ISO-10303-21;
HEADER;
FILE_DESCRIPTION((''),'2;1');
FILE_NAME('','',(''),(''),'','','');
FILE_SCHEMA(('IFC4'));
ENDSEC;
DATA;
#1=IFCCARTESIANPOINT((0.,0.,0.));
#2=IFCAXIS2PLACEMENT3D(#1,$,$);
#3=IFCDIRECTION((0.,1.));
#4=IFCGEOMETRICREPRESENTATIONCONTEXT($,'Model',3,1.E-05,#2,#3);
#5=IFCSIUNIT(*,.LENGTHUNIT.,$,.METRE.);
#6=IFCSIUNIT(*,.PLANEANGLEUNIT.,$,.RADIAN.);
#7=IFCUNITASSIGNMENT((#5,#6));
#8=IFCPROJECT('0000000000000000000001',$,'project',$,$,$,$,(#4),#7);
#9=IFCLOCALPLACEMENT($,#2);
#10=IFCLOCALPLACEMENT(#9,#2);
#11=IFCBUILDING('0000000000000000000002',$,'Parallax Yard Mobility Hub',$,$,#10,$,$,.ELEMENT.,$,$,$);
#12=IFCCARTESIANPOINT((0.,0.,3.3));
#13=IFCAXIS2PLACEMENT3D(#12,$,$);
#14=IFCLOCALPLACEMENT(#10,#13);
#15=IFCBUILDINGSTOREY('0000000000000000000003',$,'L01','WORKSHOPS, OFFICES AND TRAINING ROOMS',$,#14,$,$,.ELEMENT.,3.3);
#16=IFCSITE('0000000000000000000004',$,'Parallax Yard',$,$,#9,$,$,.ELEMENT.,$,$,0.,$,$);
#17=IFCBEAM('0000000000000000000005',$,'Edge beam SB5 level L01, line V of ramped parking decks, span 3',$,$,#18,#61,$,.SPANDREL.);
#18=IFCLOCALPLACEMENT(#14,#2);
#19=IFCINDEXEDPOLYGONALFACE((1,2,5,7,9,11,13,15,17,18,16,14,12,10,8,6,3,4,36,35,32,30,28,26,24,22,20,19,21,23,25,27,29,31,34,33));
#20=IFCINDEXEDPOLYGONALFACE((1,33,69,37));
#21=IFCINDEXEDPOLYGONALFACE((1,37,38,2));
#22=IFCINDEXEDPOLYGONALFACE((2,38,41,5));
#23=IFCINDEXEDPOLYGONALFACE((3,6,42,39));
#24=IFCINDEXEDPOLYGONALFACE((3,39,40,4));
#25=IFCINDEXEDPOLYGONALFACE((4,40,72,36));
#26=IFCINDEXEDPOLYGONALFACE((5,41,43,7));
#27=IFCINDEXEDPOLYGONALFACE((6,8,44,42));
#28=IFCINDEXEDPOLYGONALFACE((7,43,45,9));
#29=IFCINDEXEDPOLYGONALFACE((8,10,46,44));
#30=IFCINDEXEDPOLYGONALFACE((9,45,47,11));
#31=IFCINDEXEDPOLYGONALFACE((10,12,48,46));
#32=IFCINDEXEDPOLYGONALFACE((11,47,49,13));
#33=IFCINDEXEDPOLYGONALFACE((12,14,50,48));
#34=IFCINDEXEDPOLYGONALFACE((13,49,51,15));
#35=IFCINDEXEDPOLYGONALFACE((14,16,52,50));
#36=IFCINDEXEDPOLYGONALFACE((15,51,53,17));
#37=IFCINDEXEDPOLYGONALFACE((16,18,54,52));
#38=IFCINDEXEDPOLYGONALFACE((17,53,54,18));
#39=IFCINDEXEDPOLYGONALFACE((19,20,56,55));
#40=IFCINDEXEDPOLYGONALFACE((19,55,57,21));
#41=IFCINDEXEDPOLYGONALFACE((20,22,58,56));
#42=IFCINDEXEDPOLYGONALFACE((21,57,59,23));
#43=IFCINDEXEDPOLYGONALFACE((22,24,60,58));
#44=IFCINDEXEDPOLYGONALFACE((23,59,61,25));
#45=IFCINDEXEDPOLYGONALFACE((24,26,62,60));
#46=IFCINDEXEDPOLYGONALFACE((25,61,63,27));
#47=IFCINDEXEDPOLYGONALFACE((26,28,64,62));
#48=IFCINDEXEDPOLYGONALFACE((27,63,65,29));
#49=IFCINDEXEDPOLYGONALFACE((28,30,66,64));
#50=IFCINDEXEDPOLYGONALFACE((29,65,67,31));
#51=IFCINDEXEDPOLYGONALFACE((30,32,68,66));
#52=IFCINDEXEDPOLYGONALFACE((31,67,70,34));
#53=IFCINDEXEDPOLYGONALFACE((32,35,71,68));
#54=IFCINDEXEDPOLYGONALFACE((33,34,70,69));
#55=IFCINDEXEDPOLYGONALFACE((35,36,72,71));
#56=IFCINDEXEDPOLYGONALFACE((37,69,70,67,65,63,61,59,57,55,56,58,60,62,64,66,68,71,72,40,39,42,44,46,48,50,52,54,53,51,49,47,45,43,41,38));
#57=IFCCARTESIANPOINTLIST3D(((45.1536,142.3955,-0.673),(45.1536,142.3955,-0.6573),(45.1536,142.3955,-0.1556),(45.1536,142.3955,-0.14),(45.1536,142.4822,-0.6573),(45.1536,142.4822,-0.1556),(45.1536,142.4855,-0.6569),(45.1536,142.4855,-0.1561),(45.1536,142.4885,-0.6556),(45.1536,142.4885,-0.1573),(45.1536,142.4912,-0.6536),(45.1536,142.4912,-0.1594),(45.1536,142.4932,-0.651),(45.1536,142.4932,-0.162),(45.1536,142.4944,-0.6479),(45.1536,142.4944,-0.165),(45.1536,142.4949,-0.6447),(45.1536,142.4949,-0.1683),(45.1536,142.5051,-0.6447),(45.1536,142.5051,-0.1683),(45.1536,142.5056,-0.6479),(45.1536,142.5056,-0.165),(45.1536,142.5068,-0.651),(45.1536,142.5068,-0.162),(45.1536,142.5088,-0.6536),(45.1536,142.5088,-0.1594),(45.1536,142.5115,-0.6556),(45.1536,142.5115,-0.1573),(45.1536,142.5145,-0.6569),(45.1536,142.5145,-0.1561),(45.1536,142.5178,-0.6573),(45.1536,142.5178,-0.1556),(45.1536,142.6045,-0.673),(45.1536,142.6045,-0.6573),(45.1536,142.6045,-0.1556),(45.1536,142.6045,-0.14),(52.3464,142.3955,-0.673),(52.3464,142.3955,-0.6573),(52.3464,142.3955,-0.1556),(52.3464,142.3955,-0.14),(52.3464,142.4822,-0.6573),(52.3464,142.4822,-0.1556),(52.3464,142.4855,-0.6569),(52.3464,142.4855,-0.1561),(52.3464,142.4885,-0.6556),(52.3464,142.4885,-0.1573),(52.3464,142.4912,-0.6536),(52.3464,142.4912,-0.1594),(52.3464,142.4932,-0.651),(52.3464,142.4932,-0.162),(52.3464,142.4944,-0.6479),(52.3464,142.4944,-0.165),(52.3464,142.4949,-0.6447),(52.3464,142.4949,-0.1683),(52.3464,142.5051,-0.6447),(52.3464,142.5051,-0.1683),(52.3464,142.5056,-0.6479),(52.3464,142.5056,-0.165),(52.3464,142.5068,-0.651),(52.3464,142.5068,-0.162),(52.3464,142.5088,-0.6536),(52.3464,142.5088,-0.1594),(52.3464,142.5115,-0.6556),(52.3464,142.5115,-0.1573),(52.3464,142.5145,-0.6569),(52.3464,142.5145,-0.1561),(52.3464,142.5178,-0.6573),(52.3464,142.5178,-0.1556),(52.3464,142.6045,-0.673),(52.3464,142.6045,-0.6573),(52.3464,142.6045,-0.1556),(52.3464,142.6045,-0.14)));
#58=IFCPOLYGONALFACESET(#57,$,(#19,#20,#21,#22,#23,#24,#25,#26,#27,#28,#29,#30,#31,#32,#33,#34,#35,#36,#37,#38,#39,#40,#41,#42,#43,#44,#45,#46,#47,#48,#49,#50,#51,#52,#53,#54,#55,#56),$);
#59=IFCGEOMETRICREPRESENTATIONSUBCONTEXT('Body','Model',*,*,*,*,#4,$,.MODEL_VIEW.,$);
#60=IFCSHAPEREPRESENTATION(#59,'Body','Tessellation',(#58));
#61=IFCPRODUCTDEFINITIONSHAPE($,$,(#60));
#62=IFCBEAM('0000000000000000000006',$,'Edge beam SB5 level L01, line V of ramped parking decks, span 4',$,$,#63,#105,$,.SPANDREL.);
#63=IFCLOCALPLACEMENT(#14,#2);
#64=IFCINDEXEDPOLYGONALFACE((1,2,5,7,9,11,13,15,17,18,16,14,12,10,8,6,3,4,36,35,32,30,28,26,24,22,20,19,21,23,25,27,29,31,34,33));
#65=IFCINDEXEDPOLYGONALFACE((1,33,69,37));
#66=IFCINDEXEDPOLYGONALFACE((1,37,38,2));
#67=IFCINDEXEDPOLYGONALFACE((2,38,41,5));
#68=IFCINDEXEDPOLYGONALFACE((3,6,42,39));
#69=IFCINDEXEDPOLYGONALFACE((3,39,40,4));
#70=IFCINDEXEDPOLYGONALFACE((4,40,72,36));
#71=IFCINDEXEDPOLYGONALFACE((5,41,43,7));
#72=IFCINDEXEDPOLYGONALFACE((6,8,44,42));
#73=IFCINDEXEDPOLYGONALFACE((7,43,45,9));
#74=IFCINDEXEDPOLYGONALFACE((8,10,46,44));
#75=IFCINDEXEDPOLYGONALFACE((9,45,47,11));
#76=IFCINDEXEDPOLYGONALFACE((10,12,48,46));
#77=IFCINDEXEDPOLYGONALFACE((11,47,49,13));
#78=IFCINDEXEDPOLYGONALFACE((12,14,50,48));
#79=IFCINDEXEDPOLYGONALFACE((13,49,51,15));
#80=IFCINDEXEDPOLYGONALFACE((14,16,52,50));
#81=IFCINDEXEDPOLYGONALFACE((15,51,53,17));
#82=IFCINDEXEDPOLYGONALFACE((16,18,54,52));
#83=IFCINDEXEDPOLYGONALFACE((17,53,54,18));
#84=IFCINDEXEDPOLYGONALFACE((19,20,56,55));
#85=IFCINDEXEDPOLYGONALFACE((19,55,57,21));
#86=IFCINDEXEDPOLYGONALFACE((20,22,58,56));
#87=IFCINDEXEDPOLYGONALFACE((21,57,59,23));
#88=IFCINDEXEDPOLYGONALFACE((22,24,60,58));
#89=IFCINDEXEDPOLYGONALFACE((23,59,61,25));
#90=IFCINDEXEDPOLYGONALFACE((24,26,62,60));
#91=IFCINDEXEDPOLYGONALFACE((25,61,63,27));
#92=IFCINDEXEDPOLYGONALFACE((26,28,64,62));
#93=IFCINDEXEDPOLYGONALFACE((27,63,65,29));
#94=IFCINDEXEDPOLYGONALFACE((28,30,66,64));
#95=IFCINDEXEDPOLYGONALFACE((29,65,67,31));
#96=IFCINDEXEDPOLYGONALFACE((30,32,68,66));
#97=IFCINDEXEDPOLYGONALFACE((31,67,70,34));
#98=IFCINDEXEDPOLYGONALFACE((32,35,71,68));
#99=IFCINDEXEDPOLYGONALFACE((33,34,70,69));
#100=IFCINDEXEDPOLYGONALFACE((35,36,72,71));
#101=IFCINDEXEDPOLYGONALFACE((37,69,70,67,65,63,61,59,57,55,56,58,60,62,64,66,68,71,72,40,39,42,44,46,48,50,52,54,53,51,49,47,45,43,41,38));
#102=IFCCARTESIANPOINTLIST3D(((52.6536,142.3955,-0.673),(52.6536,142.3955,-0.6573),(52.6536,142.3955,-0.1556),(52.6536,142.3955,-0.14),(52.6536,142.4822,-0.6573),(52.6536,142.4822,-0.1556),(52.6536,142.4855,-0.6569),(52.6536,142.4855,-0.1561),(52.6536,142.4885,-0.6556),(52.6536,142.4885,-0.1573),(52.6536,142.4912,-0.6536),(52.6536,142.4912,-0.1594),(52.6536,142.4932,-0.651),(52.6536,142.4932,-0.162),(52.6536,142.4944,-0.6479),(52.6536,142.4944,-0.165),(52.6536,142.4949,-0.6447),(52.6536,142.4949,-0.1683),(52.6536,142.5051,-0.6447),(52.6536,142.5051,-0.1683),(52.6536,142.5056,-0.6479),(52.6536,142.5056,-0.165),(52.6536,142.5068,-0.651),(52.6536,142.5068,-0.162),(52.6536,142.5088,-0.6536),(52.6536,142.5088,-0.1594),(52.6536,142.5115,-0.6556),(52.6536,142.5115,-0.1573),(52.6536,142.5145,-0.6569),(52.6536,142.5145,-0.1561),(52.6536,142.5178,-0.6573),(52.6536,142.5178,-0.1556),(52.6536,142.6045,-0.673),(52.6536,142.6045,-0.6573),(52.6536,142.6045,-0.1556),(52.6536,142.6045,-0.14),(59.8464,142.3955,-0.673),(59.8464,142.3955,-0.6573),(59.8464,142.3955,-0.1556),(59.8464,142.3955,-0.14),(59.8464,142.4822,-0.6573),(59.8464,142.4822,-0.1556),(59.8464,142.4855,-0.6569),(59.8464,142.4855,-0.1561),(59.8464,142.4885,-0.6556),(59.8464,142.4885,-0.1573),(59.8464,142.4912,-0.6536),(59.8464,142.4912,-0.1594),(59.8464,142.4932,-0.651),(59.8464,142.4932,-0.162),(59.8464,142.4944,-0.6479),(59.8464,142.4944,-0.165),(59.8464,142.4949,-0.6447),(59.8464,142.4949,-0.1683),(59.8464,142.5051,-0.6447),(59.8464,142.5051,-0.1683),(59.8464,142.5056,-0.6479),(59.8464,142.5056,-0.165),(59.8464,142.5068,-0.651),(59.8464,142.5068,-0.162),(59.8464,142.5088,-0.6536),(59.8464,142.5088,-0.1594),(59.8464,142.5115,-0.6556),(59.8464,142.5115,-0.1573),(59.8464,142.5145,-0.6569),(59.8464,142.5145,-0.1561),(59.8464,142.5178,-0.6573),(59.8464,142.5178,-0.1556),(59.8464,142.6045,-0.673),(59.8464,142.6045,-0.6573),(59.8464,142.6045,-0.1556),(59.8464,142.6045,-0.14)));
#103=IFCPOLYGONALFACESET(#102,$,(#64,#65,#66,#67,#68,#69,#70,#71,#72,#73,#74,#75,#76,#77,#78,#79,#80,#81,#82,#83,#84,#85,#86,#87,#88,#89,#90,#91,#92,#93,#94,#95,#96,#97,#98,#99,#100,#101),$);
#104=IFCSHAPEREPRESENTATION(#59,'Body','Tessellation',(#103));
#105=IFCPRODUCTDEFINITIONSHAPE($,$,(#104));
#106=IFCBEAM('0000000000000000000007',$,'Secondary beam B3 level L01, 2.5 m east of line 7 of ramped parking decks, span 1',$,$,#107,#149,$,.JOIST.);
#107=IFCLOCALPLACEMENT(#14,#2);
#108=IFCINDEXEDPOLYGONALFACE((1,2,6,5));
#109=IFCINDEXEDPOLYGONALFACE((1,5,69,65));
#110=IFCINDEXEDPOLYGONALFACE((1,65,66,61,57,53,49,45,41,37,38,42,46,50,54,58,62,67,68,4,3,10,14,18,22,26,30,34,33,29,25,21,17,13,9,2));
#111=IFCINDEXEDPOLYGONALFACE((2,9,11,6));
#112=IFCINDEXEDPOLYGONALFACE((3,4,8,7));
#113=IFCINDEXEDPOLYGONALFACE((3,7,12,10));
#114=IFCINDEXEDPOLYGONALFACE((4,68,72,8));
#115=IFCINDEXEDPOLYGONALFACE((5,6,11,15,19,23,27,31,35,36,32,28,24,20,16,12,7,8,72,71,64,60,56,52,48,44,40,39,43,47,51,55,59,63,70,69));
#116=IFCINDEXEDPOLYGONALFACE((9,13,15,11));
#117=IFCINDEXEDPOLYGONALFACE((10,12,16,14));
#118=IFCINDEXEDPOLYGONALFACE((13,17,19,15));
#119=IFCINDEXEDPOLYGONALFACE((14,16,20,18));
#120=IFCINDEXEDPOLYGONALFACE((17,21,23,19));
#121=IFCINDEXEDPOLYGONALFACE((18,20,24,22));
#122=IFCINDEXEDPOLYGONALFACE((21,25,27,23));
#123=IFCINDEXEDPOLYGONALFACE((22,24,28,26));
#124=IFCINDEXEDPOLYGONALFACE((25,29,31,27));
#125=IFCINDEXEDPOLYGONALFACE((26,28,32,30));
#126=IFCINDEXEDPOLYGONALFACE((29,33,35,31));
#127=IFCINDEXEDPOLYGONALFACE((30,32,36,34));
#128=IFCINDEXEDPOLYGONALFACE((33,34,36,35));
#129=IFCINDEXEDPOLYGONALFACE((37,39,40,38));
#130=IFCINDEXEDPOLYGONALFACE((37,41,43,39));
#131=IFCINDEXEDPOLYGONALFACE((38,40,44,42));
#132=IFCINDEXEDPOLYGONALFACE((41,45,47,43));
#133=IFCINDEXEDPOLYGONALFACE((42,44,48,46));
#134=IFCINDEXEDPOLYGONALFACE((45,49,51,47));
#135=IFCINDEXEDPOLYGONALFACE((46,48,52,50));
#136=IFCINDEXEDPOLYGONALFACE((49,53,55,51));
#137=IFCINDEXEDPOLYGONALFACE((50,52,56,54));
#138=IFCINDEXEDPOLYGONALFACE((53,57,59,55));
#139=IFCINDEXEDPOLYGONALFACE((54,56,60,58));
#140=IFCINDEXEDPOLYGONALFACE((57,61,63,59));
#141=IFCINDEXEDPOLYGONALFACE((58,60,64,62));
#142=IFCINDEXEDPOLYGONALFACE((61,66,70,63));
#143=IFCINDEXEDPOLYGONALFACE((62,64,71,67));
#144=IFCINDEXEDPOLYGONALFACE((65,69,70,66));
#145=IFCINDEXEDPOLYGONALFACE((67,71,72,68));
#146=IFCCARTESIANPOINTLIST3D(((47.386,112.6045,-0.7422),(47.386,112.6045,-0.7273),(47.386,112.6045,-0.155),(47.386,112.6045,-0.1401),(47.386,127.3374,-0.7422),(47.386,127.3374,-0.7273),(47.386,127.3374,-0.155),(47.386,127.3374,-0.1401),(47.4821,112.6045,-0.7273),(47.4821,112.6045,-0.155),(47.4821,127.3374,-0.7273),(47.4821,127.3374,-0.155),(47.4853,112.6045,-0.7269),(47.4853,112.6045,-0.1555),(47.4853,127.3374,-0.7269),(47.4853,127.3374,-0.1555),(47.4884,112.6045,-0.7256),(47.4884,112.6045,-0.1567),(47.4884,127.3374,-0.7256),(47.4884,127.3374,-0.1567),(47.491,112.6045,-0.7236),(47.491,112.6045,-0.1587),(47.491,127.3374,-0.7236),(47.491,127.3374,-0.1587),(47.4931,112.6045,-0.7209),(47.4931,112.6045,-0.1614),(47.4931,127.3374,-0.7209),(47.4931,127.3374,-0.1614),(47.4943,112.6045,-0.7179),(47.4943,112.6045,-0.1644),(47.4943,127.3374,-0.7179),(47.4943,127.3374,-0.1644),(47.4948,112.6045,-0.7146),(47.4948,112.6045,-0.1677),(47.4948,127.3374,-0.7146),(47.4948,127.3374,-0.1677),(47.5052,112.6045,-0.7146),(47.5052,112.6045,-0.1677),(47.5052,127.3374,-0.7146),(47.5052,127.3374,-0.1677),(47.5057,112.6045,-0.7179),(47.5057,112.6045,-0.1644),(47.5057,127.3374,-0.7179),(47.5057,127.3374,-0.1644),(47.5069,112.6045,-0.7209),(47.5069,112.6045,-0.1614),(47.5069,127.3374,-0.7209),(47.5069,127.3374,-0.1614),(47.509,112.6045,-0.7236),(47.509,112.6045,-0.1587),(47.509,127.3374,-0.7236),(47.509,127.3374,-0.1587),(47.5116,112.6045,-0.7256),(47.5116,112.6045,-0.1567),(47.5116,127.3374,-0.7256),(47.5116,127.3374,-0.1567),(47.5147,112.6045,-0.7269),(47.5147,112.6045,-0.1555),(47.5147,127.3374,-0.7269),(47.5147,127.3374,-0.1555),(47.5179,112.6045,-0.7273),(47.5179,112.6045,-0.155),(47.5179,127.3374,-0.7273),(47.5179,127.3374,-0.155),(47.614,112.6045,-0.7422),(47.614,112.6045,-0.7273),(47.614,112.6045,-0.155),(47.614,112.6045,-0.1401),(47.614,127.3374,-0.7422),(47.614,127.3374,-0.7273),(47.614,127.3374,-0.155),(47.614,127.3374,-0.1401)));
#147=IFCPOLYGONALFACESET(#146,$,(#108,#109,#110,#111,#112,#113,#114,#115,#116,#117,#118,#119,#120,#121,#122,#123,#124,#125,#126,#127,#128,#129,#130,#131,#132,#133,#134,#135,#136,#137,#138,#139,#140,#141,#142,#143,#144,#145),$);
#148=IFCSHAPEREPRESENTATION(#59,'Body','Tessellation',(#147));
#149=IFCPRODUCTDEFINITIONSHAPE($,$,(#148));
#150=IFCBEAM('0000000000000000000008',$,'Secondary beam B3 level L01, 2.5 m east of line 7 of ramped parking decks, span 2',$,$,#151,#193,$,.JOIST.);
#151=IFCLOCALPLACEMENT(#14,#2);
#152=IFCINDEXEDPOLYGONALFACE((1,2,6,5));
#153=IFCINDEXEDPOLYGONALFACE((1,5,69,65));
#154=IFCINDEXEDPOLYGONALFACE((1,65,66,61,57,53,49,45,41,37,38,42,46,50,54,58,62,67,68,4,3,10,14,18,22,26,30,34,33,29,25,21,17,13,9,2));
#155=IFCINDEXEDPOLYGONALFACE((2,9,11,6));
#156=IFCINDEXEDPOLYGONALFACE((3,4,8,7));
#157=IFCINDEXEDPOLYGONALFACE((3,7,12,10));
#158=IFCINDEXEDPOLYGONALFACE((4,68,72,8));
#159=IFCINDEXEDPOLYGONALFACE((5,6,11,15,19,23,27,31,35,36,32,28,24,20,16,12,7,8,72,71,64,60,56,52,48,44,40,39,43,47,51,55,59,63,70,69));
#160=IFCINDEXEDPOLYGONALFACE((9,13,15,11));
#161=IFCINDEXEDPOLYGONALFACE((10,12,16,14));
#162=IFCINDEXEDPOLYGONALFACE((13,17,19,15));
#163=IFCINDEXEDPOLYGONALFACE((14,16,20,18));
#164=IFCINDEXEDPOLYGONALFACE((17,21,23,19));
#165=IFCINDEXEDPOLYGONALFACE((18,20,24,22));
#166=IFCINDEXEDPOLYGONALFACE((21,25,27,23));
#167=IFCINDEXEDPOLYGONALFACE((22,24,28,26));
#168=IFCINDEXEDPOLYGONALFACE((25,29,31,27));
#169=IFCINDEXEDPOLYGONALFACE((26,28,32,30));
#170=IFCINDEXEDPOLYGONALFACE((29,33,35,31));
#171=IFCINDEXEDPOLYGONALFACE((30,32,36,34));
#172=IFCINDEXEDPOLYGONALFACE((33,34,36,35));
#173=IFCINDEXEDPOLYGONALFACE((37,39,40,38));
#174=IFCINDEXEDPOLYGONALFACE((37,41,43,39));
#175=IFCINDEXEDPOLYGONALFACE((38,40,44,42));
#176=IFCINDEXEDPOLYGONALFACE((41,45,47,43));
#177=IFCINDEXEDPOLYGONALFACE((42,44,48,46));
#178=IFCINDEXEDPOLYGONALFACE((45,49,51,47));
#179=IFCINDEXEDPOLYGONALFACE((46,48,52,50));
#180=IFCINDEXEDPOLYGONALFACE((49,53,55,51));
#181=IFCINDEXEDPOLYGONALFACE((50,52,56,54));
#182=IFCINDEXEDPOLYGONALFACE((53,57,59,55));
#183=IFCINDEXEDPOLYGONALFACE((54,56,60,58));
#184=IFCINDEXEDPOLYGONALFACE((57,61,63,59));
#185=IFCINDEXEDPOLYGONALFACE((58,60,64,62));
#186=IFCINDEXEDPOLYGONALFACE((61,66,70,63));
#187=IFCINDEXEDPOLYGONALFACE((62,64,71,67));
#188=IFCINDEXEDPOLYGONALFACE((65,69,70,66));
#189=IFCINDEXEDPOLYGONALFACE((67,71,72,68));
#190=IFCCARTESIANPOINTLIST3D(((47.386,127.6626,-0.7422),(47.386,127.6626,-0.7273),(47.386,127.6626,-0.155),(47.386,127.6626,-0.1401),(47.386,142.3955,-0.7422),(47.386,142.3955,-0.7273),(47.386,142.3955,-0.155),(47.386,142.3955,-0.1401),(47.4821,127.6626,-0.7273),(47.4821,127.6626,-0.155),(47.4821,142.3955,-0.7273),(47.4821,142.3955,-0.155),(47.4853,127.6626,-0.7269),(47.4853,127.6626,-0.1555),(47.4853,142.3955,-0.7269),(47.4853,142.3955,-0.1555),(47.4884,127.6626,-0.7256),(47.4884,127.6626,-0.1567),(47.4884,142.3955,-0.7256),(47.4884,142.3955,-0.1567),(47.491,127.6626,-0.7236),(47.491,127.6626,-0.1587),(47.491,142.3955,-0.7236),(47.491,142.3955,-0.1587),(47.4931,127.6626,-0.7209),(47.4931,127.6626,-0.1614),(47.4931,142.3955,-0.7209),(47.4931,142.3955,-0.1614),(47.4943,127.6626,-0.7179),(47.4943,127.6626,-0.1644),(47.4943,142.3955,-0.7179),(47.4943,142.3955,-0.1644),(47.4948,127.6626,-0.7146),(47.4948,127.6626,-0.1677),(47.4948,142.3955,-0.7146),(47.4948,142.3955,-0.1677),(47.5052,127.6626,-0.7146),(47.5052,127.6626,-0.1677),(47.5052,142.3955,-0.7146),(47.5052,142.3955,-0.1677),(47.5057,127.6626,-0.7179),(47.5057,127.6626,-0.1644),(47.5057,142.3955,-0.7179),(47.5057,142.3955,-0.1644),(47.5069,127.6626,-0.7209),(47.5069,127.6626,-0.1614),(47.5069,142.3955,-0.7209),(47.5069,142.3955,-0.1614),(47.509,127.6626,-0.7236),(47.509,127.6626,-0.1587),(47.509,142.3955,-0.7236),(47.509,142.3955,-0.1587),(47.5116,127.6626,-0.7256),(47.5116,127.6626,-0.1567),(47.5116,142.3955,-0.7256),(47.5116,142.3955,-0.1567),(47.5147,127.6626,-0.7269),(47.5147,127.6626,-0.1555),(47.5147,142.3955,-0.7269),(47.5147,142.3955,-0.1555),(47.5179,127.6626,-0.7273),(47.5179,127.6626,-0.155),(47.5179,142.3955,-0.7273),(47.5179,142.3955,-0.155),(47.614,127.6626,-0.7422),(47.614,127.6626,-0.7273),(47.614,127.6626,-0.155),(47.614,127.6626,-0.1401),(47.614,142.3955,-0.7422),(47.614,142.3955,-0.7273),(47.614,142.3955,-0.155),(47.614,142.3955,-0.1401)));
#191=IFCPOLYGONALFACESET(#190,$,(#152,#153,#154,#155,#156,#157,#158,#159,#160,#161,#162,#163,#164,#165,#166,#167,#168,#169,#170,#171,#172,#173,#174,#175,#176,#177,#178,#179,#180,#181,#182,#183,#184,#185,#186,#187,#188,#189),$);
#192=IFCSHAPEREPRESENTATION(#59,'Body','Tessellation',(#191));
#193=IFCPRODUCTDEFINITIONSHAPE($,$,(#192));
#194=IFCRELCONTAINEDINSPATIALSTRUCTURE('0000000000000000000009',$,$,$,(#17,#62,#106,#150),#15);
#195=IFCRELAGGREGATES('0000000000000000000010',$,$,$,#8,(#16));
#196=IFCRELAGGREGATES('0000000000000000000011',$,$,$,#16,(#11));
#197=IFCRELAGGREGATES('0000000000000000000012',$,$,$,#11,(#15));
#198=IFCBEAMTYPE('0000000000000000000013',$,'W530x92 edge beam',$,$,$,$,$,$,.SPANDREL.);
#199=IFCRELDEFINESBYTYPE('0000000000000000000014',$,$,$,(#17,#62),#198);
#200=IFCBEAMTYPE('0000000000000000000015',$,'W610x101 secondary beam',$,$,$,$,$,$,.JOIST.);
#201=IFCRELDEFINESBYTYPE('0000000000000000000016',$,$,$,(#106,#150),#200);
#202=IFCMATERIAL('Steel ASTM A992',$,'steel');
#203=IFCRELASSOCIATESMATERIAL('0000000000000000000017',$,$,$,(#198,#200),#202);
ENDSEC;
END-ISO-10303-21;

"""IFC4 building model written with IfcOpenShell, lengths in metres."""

from ifc_helpers import new_model, si_unit, direction, frame, origin, origin_2d, place, context, subcontext, project, spatial, i_section, extrude, material, material_profile, profile_set, type_object, element, save


model = new_model("IFC4")

# Units and contexts
model_context = context("Model", 3, precision=1e-05, world=origin(), true_north=direction((0.0, 1.0)))
body_context = subcontext(model_context, "Body", "Model", "MODEL_VIEW")
ifc_project = project(units=[si_unit("LENGTHUNIT", "METRE"), si_unit("PLANEANGLEUNIT", "RADIAN")], contexts=[model_context])

# Site, building, storey
site_placement = place(None, origin())
site = spatial("IfcSite", under=ifc_project, at=site_placement, Name="Parallax Yard", CompositionType="ELEMENT", RefElevation=0.0)
building_placement = place(site_placement, origin())
building = spatial("IfcBuilding", under=site, at=building_placement, Name="Parallax Yard Mobility Hub", CompositionType="ELEMENT")
storey_placement = place(building_placement, frame((0.0, 0.0, 3.3)))
storey = spatial("IfcBuildingStorey", under=building, at=storey_placement, Name="L01", Description="WORKSHOPS, OFFICES AND TRAINING ROOMS", CompositionType="ELEMENT", Elevation=3.3)

# Shared definitions
ifc_material_1 = material(Name="Steel ASTM A992", Category="steel")

# Beams
ifc_material_profile_1 = material_profile(ifc_material_1, i_section(OverallWidth=0.209, OverallDepth=0.533, WebThickness=0.0103, FlangeThickness=0.0156, FilletRadius=0.0127, at=origin_2d()), Name="W530x92")
ifc_profile_set_1 = profile_set([ifc_material_profile_1], Name="Steel ASTM A992")
beam_type_1 = type_object("IfcBeamType", Name="W530x92 edge beam", PredefinedType="SPANDREL", material=ifc_profile_set_1)
for number, where, z_axis, x_axis, name in (
    (1, (45.1536, 142.5, -0.4065), (1.0, 0.0, 0.0), (0.0, 1.0, 0.0), "Edge beam SB5 level L01, line V of ramped parking decks, span 3"),
    (2, (52.6536, 142.5, -0.4065), (1.0, 0.0, 0.0), (0.0, 1.0, 0.0), "Edge beam SB5 level L01, line V of ramped parking decks, span 4"),
):
    element("IfcBeam", number, at=place(storey_placement, frame(where, z_axis=z_axis, x_axis=x_axis)), inside=storey, type_object=beam_type_1, Name=name, PredefinedType="SPANDREL", context=body_context, shape_type="SweptSolid", body=[
        extrude(i_section(OverallWidth=0.209, OverallDepth=0.533, WebThickness=0.0103, FlangeThickness=0.0156, FilletRadius=0.0127, at=origin_2d()), origin(), (0.0, 0.0, 1.0), 7.1929),
    ])
ifc_material_profile_2 = material_profile(ifc_material_1, i_section(OverallWidth=0.228, OverallDepth=0.6021, WebThickness=0.0105, FlangeThickness=0.0149, FilletRadius=0.0127, at=origin_2d()), Name="W610x101")
ifc_profile_set_2 = profile_set([ifc_material_profile_2], Name="Steel ASTM A992")
beam_type_2 = type_object("IfcBeamType", Name="W610x101 secondary beam", PredefinedType="JOIST", material=ifc_profile_set_2)
for number, where, z_axis, x_axis, name in (
    (3, (47.5, 112.6045, -0.4412), (0.0, 1.0, 0.0), (-1.0, 0.0, 0.0), "Secondary beam B3 level L01, 2.5 m east of line 7 of ramped parking decks, span 1"),
    (4, (47.5, 127.6626, -0.4412), (0.0, 1.0, 0.0), (-1.0, 0.0, 0.0), "Secondary beam B3 level L01, 2.5 m east of line 7 of ramped parking decks, span 2"),
):
    element("IfcBeam", number, at=place(storey_placement, frame(where, z_axis=z_axis, x_axis=x_axis)), inside=storey, type_object=beam_type_2, Name=name, PredefinedType="JOIST", context=body_context, shape_type="SweptSolid", body=[
        extrude(i_section(OverallWidth=0.228, OverallDepth=0.6021, WebThickness=0.0105, FlangeThickness=0.0149, FilletRadius=0.0127, at=origin_2d()), origin(), (0.0, 0.0, 1.0), 14.7329),
    ])

save(model, "model.ifc")
